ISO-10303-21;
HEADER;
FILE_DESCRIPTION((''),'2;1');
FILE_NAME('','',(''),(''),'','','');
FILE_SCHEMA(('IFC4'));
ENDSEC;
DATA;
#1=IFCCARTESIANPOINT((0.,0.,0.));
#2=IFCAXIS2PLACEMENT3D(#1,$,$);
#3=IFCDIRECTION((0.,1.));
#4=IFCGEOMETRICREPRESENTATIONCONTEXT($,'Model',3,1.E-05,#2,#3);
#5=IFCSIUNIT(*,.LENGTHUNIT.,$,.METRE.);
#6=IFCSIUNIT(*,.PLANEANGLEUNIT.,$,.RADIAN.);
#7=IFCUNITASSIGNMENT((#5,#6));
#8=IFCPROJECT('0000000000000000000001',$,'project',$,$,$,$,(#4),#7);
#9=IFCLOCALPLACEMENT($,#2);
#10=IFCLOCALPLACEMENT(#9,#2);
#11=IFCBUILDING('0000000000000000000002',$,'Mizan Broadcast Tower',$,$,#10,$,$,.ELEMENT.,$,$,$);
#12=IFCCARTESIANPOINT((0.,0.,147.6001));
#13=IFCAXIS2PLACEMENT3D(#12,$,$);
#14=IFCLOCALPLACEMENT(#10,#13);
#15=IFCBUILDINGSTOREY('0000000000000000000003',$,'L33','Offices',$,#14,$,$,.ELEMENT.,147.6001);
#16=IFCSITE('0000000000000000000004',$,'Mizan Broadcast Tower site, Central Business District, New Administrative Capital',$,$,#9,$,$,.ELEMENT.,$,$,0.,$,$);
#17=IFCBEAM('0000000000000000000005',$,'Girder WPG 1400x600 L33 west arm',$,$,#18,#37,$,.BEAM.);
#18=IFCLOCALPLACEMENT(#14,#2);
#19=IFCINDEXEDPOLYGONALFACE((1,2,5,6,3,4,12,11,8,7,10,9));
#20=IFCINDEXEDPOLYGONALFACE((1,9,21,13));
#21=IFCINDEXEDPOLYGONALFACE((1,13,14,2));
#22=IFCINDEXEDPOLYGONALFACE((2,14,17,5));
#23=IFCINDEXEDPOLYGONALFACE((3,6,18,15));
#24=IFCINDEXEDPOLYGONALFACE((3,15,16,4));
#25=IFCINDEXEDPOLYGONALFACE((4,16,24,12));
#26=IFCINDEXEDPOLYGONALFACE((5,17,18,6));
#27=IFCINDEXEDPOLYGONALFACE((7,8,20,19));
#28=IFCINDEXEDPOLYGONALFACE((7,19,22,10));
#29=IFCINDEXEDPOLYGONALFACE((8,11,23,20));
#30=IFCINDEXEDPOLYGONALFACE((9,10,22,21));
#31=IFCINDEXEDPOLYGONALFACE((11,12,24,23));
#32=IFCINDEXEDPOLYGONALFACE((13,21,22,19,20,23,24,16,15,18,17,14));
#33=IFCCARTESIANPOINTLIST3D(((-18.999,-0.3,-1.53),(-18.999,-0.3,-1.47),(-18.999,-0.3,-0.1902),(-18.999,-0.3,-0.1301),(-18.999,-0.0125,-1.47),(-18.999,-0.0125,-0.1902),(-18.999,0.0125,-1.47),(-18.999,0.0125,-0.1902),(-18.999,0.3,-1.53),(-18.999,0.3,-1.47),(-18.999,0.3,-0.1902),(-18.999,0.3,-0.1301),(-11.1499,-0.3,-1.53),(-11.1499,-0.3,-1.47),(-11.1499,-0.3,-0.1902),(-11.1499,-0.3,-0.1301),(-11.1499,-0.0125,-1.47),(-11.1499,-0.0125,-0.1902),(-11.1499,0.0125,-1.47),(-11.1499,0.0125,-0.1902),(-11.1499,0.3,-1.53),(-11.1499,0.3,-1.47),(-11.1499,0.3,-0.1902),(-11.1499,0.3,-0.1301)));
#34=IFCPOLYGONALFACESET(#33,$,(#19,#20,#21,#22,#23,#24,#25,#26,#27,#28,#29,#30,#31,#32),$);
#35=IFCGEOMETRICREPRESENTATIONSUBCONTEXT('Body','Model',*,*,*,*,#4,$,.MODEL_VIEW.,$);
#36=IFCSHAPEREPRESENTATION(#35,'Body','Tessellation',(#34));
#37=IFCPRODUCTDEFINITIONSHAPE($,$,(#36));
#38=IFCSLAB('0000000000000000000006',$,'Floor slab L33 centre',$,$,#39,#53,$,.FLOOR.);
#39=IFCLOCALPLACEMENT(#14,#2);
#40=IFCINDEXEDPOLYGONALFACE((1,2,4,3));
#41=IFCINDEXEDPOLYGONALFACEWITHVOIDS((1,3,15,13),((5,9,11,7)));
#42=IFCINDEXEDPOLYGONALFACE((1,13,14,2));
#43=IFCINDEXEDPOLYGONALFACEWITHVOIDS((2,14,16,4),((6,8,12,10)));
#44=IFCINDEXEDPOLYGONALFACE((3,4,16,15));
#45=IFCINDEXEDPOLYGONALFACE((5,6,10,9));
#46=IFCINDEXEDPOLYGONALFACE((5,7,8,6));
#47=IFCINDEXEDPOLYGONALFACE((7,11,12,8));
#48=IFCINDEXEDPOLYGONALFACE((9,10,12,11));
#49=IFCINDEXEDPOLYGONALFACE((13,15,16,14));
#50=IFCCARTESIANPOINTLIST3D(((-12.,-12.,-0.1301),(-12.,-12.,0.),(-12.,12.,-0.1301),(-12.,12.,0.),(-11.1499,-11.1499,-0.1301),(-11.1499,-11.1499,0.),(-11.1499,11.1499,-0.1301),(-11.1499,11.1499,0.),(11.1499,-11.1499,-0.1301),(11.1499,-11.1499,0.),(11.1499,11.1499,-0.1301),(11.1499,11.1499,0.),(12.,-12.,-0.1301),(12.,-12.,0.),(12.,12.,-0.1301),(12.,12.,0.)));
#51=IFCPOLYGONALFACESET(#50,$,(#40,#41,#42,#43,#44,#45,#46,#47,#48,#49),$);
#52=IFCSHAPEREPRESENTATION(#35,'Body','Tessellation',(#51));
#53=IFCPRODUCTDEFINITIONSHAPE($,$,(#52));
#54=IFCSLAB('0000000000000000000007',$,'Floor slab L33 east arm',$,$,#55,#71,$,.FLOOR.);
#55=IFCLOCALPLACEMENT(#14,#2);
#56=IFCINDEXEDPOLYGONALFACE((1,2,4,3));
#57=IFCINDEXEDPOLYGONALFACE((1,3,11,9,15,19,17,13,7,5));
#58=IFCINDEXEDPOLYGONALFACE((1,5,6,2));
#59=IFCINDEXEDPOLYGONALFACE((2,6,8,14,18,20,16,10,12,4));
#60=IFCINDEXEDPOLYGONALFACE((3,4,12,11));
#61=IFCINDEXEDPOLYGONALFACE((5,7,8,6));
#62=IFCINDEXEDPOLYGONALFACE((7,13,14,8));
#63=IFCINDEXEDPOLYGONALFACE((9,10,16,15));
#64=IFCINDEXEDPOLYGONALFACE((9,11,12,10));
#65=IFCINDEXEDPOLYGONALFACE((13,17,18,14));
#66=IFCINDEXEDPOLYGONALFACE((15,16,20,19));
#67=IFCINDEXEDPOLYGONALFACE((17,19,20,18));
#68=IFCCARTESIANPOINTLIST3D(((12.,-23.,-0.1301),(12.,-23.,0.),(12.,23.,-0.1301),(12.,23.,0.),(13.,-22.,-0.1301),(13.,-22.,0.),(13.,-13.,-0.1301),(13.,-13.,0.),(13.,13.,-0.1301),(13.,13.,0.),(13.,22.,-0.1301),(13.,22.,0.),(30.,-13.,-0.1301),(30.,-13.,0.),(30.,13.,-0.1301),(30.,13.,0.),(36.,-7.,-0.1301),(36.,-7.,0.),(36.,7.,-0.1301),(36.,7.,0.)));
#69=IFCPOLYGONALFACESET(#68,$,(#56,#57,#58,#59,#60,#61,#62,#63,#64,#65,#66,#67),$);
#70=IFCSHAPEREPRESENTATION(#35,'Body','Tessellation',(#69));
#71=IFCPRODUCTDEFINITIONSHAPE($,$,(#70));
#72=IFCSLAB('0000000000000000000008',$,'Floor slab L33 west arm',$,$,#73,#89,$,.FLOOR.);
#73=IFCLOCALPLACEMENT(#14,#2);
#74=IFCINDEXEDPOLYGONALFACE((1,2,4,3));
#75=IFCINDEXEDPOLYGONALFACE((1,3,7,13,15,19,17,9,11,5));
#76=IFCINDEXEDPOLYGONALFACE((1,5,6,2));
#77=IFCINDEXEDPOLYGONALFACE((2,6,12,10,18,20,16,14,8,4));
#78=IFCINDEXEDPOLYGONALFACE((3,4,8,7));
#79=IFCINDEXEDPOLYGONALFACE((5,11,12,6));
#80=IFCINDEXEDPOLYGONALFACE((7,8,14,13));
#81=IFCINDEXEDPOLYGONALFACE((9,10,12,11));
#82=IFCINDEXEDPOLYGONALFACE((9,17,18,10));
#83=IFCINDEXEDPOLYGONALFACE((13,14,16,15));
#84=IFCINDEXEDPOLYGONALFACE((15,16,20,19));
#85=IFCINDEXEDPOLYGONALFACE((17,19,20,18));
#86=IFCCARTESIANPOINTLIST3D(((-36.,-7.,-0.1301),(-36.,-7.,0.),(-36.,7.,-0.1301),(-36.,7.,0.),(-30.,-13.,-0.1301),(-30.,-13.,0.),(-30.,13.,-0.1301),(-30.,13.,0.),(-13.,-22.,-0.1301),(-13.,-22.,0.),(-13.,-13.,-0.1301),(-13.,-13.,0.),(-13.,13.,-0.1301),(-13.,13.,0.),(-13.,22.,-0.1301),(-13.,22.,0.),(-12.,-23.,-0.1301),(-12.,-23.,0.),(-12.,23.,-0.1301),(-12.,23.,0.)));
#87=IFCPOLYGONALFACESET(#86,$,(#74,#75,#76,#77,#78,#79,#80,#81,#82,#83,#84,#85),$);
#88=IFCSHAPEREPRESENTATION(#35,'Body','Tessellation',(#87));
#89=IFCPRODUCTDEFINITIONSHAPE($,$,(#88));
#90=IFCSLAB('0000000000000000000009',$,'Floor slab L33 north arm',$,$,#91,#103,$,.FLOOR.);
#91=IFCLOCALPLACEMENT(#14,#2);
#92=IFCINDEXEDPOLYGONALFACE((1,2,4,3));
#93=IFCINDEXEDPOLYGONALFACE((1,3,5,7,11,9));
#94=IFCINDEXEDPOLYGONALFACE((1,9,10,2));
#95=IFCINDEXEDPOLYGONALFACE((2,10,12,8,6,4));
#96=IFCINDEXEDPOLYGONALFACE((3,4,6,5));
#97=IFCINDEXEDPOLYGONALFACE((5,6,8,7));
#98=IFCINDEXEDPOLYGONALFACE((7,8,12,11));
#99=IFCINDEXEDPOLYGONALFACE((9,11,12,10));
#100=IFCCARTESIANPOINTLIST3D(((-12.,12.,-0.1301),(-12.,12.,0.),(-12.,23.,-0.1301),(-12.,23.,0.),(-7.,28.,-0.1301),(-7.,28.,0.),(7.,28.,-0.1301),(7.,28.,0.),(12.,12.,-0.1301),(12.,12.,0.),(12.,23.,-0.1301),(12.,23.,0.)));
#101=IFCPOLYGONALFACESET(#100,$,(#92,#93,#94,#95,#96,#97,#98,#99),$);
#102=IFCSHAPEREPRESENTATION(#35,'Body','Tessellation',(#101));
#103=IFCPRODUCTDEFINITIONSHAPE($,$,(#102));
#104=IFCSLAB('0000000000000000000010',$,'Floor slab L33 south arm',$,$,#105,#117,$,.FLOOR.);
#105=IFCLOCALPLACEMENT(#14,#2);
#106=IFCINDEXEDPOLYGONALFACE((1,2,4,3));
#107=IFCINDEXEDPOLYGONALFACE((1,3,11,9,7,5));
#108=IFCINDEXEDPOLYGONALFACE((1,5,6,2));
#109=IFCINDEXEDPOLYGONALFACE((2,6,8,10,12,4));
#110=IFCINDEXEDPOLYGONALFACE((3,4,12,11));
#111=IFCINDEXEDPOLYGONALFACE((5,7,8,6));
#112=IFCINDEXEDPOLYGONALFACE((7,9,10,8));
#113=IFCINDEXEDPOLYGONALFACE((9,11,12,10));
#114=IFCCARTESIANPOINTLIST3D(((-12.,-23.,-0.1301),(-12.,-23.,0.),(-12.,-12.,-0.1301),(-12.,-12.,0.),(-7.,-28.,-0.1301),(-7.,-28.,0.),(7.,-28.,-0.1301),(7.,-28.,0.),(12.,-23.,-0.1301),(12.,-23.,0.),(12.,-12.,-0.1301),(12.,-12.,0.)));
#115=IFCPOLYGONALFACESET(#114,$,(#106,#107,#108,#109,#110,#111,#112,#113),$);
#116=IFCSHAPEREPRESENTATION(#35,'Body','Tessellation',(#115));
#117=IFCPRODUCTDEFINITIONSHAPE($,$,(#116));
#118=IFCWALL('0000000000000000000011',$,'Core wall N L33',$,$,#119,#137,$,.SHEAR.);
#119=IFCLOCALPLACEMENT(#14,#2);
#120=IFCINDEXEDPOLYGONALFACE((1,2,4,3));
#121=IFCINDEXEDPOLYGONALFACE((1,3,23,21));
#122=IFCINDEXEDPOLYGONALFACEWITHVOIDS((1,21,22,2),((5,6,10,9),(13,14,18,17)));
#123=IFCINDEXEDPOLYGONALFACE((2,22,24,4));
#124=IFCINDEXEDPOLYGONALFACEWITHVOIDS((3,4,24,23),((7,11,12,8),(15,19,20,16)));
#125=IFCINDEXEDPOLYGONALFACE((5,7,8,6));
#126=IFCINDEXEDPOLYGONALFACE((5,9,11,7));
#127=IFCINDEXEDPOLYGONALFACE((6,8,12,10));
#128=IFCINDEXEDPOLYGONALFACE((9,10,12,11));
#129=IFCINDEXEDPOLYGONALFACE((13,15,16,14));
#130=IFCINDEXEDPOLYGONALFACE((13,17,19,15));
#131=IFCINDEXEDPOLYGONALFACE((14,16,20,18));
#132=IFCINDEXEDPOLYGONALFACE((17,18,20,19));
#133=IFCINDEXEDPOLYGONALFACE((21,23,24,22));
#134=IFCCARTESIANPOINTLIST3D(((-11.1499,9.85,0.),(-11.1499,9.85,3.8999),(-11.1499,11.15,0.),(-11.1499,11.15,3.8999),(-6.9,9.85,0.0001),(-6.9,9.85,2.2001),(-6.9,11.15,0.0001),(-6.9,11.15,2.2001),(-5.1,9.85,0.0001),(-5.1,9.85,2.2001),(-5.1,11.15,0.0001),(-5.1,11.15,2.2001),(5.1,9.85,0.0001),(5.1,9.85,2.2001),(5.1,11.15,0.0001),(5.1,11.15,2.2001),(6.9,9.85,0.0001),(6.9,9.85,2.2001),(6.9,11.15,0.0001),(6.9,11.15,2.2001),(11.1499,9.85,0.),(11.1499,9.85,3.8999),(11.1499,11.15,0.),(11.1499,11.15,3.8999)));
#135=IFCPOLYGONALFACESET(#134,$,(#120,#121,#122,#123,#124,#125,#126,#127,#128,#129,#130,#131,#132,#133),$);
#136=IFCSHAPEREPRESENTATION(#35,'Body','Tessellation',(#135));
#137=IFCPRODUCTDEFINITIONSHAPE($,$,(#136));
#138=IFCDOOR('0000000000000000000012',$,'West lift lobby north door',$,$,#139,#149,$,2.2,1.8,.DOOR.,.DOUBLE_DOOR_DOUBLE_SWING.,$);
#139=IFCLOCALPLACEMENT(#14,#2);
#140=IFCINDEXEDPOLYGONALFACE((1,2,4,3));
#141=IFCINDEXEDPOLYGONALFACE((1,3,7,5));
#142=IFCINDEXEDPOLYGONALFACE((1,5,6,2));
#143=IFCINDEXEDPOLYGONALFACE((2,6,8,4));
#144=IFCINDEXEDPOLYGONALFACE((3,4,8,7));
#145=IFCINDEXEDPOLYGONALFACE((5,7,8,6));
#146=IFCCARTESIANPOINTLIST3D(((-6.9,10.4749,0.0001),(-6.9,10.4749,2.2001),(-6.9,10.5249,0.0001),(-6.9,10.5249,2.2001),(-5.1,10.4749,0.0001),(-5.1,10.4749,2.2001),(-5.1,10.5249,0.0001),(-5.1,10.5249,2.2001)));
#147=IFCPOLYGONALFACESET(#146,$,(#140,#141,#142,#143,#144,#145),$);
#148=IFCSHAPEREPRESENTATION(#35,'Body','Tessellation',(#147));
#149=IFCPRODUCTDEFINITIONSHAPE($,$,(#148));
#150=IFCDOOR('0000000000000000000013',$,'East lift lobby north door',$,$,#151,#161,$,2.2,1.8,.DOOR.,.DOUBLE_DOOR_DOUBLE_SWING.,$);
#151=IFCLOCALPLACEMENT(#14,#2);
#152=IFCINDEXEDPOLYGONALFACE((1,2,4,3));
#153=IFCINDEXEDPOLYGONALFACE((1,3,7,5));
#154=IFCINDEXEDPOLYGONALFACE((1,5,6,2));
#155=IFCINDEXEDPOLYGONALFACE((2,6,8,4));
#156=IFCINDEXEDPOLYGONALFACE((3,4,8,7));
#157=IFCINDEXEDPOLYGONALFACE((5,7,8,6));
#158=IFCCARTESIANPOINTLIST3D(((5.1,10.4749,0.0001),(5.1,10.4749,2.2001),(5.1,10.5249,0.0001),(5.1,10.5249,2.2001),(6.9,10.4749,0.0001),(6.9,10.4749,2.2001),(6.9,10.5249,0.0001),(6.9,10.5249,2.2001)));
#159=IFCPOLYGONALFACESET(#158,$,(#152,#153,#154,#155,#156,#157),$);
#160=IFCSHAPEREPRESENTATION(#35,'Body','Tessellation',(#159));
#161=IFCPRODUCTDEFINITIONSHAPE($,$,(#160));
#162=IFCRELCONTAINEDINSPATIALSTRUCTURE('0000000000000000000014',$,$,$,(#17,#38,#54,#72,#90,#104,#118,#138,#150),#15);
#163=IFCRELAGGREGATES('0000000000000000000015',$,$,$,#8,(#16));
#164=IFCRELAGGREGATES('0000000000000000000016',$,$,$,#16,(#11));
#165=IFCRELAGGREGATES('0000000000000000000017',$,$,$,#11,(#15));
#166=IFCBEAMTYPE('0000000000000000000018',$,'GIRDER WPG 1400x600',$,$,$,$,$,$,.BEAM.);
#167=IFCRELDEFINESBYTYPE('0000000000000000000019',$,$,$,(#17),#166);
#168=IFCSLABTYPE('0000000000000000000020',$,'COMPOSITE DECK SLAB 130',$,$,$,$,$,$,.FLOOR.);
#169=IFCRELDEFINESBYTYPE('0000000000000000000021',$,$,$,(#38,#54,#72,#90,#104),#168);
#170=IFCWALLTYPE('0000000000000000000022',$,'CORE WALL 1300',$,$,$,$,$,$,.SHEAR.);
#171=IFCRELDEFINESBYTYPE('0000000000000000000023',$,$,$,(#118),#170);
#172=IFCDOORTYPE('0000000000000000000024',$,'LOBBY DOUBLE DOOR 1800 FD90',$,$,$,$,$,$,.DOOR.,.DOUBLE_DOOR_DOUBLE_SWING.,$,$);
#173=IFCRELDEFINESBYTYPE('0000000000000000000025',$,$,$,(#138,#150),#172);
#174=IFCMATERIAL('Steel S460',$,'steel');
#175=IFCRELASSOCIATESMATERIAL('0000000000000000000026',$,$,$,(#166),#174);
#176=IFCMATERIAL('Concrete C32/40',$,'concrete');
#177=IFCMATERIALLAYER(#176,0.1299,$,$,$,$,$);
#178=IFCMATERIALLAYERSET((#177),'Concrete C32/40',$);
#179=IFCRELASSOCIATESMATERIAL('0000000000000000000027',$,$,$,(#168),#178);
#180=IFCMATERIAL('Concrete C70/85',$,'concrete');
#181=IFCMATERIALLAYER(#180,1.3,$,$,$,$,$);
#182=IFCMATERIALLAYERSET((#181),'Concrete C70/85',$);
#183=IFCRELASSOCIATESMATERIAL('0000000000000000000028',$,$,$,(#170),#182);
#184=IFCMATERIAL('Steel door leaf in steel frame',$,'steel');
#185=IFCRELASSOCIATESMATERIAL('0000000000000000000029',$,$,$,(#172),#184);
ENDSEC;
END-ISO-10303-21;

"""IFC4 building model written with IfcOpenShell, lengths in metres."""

from ifc_helpers import new_model, si_unit, direction, frame, frame_2d, origin, origin_2d, place, context, subcontext, project, spatial, polyline, rectangle, i_section, outline, extrude, material, layer, layer_set, material_profile, profile_set, type_object, element, fill, save


model = new_model("IFC4")

# Units and contexts
model_context = context("Model", 3, precision=1e-05, world=origin(), true_north=direction((0.0, 1.0)))
body_context = subcontext(model_context, "Body", "Model", "MODEL_VIEW")
ifc_project = project(units=[si_unit("LENGTHUNIT", "METRE"), si_unit("PLANEANGLEUNIT", "RADIAN")], contexts=[model_context])

# Site, building, storey
site_placement = place(None, origin())
site = spatial("IfcSite", under=ifc_project, at=site_placement, Name="Mizan Broadcast Tower site, Central Business District, New Administrative Capital", CompositionType="ELEMENT", RefElevation=0.0)
building_placement = place(site_placement, origin())
building = spatial("IfcBuilding", under=site, at=building_placement, Name="Mizan Broadcast Tower", CompositionType="ELEMENT")
storey_placement = place(building_placement, frame((0.0, 0.0, 147.6001)))
storey = spatial("IfcBuildingStorey", under=building, at=storey_placement, Name="L33", Description="Offices", CompositionType="ELEMENT", Elevation=147.6001)

# Beam
ifc_material_1 = material(Name="Steel S460", Category="steel")
ifc_material_profile = material_profile(ifc_material_1, i_section(OverallWidth=0.6001, OverallDepth=1.3999, WebThickness=0.0249, FlangeThickness=0.0601, at=origin_2d()), Name="WPG 1400x600")
ifc_profile_set = profile_set([ifc_material_profile], Name="Steel S460")
beam_type = type_object("IfcBeamType", Name="GIRDER WPG 1400x600", PredefinedType="BEAM", material=ifc_profile_set)
beam_placement = place(storey_placement, frame((-11.1499, 0.0, -0.8301), z_axis=(-1.0, 0.0, 0.0), x_axis=(0.0, -1.0, 0.0)))
element("IfcBeam", 1, at=beam_placement, inside=storey, type_object=beam_type, Name="Girder WPG 1400x600 L33 west arm", PredefinedType="BEAM", context=body_context, shape_type="SweptSolid", body=[
    extrude(i_section(OverallWidth=0.6001, OverallDepth=1.3999, WebThickness=0.0249, FlangeThickness=0.0601, at=origin_2d()), origin(), (0.0, 0.0, 1.0), 7.8491),
])

# Slabs
ifc_material_2 = material(Name="Concrete C32/40", Category="concrete")
ifc_layer_1 = layer(ifc_material_2, 0.1299)
ifc_layer_set_1 = layer_set([ifc_layer_1], Name="Concrete C32/40")
slab_type = type_object("IfcSlabType", Name="COMPOSITE DECK SLAB 130", PredefinedType="FLOOR", material=ifc_layer_set_1)
slab_1_placement = place(storey_placement, frame((0.0, 0.0, -0.1301)))
element("IfcSlab", 2, at=slab_1_placement, inside=storey, type_object=slab_type, Name="Floor slab L33 centre", PredefinedType="FLOOR", context=body_context, shape_type="SweptSolid", body=[
    extrude(outline(polyline([(-12.0, -12.0), (12.0, -12.0), (12.0, 12.0), (-12.0, 12.0), (-12.0, -12.0)]), holes=[polyline([(-11.1499, 11.1499), (11.1499, 11.1499), (11.1499, -11.1499), (-11.1499, -11.1499), (-11.1499, 11.1499)])]), origin(), (0.0, 0.0, 1.0), 0.1301),
])
slab_2_placement = place(storey_placement, frame((0.0, 0.0, -0.1301)))
element("IfcSlab", 3, at=slab_2_placement, inside=storey, type_object=slab_type, Name="Floor slab L33 east arm", PredefinedType="FLOOR", context=body_context, shape_type="SweptSolid", body=[
    extrude(outline(polyline([(12.0, -23.0), (13.0, -22.0), (13.0, -13.0), (30.0, -13.0), (36.0, -7.0), (36.0, 7.0), (30.0, 13.0), (13.0, 13.0), (13.0, 22.0), (12.0, 23.0), (12.0, -23.0)])), origin(), (0.0, 0.0, 1.0), 0.1301),
])
slab_3_placement = place(storey_placement, frame((0.0, 0.0, -0.1301)))
element("IfcSlab", 4, at=slab_3_placement, inside=storey, type_object=slab_type, Name="Floor slab L33 west arm", PredefinedType="FLOOR", context=body_context, shape_type="SweptSolid", body=[
    extrude(outline(polyline([(-13.0, -22.0), (-12.0, -23.0), (-12.0, 23.0), (-13.0, 22.0), (-13.0, 13.0), (-30.0, 13.0), (-36.0, 7.0), (-36.0, -7.0), (-30.0, -13.0), (-13.0, -13.0), (-13.0, -22.0)])), origin(), (0.0, 0.0, 1.0), 0.1301),
])
slab_4_placement = place(storey_placement, frame((0.0, 0.0, -0.1301)))
element("IfcSlab", 5, at=slab_4_placement, inside=storey, type_object=slab_type, Name="Floor slab L33 north arm", PredefinedType="FLOOR", context=body_context, shape_type="SweptSolid", body=[
    extrude(outline(polyline([(-7.0, 28.0), (-12.0, 23.0), (-12.0, 12.0), (12.0, 12.0), (12.0, 23.0), (7.0, 28.0), (-7.0, 28.0)])), origin(), (0.0, 0.0, 1.0), 0.1301),
])
slab_5_placement = place(storey_placement, frame((0.0, 0.0, -0.1301)))
element("IfcSlab", 6, at=slab_5_placement, inside=storey, type_object=slab_type, Name="Floor slab L33 south arm", PredefinedType="FLOOR", context=body_context, shape_type="SweptSolid", body=[
    extrude(outline(polyline([(7.0, -28.0), (12.0, -23.0), (12.0, -12.0), (-12.0, -12.0), (-12.0, -23.0), (-7.0, -28.0), (7.0, -28.0)])), origin(), (0.0, 0.0, 1.0), 0.1301),
])

# Wall, openings, doors
ifc_material_3 = material(Name="Concrete C70/85", Category="concrete")
ifc_layer_2 = layer(ifc_material_3, 1.3)
ifc_layer_set_2 = layer_set([ifc_layer_2], Name="Concrete C70/85")
wall_type_1 = type_object("IfcWallType", Name="CORE WALL 1300", PredefinedType="SHEAR", material=ifc_layer_set_2)
wall_1_placement = place(storey_placement, frame((-11.1499, 10.5, 0.0), z_axis=(0.0, 0.0, 1.0), x_axis=(1.0, 0.0, 0.0)))
wall_1 = element("IfcWall", 7, at=wall_1_placement, inside=storey, type_object=wall_type_1, Name="Core wall N L33", PredefinedType="SHEAR", context=body_context, shape_type="SweptSolid", body=[
    extrude(rectangle(XDim=22.2998, YDim=1.3, at=frame_2d((11.1499, 0.0))), origin(), (0.0, 0.0, 1.0), 3.8999),
])
opening_1_placement = place(wall_1_placement, frame((4.25, 0.0, 0.0)))
opening_1 = element("IfcOpeningElement", 8, at=opening_1_placement, cuts=wall_1, PredefinedType="OPENING", context=body_context, shape_type="SweptSolid", body=[
    extrude(rectangle(XDim=1.8, YDim=2.2, at=frame_2d((0.8999, 1.1001))), frame((0.0, 0.6599, 0.0), z_axis=(0.0, -1.0, 0.0), x_axis=(1.0, 0.0, 0.0)), (0.0, 0.0, 1.0), 1.3201),
])
opening_2_placement = place(wall_1_placement, frame((16.25, 0.0, 0.0)))
opening_2 = element("IfcOpeningElement", 9, at=opening_2_placement, cuts=wall_1, PredefinedType="OPENING", context=body_context, shape_type="SweptSolid", body=[
    extrude(rectangle(XDim=1.8, YDim=2.2, at=frame_2d((0.8999, 1.1001))), frame((0.0, 0.6599, 0.0), z_axis=(0.0, -1.0, 0.0), x_axis=(1.0, 0.0, 0.0)), (0.0, 0.0, 1.0), 1.3201),
])
ifc_material_4 = material(Name="Steel door leaf in steel frame", Category="steel")
door_type_1 = type_object("IfcDoorType", Name="LOBBY DOUBLE DOOR 1800 FD90", OperationType="DOUBLE_DOOR_DOUBLE_SWING", PredefinedType="DOOR", material=ifc_material_4)
door_1_placement = place(opening_1_placement, origin())
door_1 = element("IfcDoor", 10, at=door_1_placement, inside=storey, type_object=door_type_1, Name="West lift lobby north door", OperationType="DOUBLE_DOOR_DOUBLE_SWING", OverallHeight=2.2, OverallWidth=1.8, PredefinedType="DOOR", context=body_context, shape_type="SweptSolid", body=[
    extrude(rectangle(XDim=1.8, YDim=2.2, at=frame_2d((0.8999, 1.1001))), frame((0.0, 0.0249, 0.0), z_axis=(0.0, -1.0, 0.0), x_axis=(1.0, 0.0, 0.0)), (0.0, 0.0, 1.0), 0.05),
])
fill(opening_1, door_1)
door_2_placement = place(opening_2_placement, origin())
door_2 = element("IfcDoor", 11, at=door_2_placement, inside=storey, type_object=door_type_1, Name="East lift lobby north door", OperationType="DOUBLE_DOOR_DOUBLE_SWING", OverallHeight=2.2, OverallWidth=1.8, PredefinedType="DOOR", context=body_context, shape_type="SweptSolid", body=[
    extrude(rectangle(XDim=1.8, YDim=2.2, at=frame_2d((0.8999, 1.1001))), frame((0.0, 0.0249, 0.0), z_axis=(0.0, -1.0, 0.0), x_axis=(1.0, 0.0, 0.0)), (0.0, 0.0, 1.0), 0.05),
])
fill(opening_2, door_2)

save(model, "model.ifc")
